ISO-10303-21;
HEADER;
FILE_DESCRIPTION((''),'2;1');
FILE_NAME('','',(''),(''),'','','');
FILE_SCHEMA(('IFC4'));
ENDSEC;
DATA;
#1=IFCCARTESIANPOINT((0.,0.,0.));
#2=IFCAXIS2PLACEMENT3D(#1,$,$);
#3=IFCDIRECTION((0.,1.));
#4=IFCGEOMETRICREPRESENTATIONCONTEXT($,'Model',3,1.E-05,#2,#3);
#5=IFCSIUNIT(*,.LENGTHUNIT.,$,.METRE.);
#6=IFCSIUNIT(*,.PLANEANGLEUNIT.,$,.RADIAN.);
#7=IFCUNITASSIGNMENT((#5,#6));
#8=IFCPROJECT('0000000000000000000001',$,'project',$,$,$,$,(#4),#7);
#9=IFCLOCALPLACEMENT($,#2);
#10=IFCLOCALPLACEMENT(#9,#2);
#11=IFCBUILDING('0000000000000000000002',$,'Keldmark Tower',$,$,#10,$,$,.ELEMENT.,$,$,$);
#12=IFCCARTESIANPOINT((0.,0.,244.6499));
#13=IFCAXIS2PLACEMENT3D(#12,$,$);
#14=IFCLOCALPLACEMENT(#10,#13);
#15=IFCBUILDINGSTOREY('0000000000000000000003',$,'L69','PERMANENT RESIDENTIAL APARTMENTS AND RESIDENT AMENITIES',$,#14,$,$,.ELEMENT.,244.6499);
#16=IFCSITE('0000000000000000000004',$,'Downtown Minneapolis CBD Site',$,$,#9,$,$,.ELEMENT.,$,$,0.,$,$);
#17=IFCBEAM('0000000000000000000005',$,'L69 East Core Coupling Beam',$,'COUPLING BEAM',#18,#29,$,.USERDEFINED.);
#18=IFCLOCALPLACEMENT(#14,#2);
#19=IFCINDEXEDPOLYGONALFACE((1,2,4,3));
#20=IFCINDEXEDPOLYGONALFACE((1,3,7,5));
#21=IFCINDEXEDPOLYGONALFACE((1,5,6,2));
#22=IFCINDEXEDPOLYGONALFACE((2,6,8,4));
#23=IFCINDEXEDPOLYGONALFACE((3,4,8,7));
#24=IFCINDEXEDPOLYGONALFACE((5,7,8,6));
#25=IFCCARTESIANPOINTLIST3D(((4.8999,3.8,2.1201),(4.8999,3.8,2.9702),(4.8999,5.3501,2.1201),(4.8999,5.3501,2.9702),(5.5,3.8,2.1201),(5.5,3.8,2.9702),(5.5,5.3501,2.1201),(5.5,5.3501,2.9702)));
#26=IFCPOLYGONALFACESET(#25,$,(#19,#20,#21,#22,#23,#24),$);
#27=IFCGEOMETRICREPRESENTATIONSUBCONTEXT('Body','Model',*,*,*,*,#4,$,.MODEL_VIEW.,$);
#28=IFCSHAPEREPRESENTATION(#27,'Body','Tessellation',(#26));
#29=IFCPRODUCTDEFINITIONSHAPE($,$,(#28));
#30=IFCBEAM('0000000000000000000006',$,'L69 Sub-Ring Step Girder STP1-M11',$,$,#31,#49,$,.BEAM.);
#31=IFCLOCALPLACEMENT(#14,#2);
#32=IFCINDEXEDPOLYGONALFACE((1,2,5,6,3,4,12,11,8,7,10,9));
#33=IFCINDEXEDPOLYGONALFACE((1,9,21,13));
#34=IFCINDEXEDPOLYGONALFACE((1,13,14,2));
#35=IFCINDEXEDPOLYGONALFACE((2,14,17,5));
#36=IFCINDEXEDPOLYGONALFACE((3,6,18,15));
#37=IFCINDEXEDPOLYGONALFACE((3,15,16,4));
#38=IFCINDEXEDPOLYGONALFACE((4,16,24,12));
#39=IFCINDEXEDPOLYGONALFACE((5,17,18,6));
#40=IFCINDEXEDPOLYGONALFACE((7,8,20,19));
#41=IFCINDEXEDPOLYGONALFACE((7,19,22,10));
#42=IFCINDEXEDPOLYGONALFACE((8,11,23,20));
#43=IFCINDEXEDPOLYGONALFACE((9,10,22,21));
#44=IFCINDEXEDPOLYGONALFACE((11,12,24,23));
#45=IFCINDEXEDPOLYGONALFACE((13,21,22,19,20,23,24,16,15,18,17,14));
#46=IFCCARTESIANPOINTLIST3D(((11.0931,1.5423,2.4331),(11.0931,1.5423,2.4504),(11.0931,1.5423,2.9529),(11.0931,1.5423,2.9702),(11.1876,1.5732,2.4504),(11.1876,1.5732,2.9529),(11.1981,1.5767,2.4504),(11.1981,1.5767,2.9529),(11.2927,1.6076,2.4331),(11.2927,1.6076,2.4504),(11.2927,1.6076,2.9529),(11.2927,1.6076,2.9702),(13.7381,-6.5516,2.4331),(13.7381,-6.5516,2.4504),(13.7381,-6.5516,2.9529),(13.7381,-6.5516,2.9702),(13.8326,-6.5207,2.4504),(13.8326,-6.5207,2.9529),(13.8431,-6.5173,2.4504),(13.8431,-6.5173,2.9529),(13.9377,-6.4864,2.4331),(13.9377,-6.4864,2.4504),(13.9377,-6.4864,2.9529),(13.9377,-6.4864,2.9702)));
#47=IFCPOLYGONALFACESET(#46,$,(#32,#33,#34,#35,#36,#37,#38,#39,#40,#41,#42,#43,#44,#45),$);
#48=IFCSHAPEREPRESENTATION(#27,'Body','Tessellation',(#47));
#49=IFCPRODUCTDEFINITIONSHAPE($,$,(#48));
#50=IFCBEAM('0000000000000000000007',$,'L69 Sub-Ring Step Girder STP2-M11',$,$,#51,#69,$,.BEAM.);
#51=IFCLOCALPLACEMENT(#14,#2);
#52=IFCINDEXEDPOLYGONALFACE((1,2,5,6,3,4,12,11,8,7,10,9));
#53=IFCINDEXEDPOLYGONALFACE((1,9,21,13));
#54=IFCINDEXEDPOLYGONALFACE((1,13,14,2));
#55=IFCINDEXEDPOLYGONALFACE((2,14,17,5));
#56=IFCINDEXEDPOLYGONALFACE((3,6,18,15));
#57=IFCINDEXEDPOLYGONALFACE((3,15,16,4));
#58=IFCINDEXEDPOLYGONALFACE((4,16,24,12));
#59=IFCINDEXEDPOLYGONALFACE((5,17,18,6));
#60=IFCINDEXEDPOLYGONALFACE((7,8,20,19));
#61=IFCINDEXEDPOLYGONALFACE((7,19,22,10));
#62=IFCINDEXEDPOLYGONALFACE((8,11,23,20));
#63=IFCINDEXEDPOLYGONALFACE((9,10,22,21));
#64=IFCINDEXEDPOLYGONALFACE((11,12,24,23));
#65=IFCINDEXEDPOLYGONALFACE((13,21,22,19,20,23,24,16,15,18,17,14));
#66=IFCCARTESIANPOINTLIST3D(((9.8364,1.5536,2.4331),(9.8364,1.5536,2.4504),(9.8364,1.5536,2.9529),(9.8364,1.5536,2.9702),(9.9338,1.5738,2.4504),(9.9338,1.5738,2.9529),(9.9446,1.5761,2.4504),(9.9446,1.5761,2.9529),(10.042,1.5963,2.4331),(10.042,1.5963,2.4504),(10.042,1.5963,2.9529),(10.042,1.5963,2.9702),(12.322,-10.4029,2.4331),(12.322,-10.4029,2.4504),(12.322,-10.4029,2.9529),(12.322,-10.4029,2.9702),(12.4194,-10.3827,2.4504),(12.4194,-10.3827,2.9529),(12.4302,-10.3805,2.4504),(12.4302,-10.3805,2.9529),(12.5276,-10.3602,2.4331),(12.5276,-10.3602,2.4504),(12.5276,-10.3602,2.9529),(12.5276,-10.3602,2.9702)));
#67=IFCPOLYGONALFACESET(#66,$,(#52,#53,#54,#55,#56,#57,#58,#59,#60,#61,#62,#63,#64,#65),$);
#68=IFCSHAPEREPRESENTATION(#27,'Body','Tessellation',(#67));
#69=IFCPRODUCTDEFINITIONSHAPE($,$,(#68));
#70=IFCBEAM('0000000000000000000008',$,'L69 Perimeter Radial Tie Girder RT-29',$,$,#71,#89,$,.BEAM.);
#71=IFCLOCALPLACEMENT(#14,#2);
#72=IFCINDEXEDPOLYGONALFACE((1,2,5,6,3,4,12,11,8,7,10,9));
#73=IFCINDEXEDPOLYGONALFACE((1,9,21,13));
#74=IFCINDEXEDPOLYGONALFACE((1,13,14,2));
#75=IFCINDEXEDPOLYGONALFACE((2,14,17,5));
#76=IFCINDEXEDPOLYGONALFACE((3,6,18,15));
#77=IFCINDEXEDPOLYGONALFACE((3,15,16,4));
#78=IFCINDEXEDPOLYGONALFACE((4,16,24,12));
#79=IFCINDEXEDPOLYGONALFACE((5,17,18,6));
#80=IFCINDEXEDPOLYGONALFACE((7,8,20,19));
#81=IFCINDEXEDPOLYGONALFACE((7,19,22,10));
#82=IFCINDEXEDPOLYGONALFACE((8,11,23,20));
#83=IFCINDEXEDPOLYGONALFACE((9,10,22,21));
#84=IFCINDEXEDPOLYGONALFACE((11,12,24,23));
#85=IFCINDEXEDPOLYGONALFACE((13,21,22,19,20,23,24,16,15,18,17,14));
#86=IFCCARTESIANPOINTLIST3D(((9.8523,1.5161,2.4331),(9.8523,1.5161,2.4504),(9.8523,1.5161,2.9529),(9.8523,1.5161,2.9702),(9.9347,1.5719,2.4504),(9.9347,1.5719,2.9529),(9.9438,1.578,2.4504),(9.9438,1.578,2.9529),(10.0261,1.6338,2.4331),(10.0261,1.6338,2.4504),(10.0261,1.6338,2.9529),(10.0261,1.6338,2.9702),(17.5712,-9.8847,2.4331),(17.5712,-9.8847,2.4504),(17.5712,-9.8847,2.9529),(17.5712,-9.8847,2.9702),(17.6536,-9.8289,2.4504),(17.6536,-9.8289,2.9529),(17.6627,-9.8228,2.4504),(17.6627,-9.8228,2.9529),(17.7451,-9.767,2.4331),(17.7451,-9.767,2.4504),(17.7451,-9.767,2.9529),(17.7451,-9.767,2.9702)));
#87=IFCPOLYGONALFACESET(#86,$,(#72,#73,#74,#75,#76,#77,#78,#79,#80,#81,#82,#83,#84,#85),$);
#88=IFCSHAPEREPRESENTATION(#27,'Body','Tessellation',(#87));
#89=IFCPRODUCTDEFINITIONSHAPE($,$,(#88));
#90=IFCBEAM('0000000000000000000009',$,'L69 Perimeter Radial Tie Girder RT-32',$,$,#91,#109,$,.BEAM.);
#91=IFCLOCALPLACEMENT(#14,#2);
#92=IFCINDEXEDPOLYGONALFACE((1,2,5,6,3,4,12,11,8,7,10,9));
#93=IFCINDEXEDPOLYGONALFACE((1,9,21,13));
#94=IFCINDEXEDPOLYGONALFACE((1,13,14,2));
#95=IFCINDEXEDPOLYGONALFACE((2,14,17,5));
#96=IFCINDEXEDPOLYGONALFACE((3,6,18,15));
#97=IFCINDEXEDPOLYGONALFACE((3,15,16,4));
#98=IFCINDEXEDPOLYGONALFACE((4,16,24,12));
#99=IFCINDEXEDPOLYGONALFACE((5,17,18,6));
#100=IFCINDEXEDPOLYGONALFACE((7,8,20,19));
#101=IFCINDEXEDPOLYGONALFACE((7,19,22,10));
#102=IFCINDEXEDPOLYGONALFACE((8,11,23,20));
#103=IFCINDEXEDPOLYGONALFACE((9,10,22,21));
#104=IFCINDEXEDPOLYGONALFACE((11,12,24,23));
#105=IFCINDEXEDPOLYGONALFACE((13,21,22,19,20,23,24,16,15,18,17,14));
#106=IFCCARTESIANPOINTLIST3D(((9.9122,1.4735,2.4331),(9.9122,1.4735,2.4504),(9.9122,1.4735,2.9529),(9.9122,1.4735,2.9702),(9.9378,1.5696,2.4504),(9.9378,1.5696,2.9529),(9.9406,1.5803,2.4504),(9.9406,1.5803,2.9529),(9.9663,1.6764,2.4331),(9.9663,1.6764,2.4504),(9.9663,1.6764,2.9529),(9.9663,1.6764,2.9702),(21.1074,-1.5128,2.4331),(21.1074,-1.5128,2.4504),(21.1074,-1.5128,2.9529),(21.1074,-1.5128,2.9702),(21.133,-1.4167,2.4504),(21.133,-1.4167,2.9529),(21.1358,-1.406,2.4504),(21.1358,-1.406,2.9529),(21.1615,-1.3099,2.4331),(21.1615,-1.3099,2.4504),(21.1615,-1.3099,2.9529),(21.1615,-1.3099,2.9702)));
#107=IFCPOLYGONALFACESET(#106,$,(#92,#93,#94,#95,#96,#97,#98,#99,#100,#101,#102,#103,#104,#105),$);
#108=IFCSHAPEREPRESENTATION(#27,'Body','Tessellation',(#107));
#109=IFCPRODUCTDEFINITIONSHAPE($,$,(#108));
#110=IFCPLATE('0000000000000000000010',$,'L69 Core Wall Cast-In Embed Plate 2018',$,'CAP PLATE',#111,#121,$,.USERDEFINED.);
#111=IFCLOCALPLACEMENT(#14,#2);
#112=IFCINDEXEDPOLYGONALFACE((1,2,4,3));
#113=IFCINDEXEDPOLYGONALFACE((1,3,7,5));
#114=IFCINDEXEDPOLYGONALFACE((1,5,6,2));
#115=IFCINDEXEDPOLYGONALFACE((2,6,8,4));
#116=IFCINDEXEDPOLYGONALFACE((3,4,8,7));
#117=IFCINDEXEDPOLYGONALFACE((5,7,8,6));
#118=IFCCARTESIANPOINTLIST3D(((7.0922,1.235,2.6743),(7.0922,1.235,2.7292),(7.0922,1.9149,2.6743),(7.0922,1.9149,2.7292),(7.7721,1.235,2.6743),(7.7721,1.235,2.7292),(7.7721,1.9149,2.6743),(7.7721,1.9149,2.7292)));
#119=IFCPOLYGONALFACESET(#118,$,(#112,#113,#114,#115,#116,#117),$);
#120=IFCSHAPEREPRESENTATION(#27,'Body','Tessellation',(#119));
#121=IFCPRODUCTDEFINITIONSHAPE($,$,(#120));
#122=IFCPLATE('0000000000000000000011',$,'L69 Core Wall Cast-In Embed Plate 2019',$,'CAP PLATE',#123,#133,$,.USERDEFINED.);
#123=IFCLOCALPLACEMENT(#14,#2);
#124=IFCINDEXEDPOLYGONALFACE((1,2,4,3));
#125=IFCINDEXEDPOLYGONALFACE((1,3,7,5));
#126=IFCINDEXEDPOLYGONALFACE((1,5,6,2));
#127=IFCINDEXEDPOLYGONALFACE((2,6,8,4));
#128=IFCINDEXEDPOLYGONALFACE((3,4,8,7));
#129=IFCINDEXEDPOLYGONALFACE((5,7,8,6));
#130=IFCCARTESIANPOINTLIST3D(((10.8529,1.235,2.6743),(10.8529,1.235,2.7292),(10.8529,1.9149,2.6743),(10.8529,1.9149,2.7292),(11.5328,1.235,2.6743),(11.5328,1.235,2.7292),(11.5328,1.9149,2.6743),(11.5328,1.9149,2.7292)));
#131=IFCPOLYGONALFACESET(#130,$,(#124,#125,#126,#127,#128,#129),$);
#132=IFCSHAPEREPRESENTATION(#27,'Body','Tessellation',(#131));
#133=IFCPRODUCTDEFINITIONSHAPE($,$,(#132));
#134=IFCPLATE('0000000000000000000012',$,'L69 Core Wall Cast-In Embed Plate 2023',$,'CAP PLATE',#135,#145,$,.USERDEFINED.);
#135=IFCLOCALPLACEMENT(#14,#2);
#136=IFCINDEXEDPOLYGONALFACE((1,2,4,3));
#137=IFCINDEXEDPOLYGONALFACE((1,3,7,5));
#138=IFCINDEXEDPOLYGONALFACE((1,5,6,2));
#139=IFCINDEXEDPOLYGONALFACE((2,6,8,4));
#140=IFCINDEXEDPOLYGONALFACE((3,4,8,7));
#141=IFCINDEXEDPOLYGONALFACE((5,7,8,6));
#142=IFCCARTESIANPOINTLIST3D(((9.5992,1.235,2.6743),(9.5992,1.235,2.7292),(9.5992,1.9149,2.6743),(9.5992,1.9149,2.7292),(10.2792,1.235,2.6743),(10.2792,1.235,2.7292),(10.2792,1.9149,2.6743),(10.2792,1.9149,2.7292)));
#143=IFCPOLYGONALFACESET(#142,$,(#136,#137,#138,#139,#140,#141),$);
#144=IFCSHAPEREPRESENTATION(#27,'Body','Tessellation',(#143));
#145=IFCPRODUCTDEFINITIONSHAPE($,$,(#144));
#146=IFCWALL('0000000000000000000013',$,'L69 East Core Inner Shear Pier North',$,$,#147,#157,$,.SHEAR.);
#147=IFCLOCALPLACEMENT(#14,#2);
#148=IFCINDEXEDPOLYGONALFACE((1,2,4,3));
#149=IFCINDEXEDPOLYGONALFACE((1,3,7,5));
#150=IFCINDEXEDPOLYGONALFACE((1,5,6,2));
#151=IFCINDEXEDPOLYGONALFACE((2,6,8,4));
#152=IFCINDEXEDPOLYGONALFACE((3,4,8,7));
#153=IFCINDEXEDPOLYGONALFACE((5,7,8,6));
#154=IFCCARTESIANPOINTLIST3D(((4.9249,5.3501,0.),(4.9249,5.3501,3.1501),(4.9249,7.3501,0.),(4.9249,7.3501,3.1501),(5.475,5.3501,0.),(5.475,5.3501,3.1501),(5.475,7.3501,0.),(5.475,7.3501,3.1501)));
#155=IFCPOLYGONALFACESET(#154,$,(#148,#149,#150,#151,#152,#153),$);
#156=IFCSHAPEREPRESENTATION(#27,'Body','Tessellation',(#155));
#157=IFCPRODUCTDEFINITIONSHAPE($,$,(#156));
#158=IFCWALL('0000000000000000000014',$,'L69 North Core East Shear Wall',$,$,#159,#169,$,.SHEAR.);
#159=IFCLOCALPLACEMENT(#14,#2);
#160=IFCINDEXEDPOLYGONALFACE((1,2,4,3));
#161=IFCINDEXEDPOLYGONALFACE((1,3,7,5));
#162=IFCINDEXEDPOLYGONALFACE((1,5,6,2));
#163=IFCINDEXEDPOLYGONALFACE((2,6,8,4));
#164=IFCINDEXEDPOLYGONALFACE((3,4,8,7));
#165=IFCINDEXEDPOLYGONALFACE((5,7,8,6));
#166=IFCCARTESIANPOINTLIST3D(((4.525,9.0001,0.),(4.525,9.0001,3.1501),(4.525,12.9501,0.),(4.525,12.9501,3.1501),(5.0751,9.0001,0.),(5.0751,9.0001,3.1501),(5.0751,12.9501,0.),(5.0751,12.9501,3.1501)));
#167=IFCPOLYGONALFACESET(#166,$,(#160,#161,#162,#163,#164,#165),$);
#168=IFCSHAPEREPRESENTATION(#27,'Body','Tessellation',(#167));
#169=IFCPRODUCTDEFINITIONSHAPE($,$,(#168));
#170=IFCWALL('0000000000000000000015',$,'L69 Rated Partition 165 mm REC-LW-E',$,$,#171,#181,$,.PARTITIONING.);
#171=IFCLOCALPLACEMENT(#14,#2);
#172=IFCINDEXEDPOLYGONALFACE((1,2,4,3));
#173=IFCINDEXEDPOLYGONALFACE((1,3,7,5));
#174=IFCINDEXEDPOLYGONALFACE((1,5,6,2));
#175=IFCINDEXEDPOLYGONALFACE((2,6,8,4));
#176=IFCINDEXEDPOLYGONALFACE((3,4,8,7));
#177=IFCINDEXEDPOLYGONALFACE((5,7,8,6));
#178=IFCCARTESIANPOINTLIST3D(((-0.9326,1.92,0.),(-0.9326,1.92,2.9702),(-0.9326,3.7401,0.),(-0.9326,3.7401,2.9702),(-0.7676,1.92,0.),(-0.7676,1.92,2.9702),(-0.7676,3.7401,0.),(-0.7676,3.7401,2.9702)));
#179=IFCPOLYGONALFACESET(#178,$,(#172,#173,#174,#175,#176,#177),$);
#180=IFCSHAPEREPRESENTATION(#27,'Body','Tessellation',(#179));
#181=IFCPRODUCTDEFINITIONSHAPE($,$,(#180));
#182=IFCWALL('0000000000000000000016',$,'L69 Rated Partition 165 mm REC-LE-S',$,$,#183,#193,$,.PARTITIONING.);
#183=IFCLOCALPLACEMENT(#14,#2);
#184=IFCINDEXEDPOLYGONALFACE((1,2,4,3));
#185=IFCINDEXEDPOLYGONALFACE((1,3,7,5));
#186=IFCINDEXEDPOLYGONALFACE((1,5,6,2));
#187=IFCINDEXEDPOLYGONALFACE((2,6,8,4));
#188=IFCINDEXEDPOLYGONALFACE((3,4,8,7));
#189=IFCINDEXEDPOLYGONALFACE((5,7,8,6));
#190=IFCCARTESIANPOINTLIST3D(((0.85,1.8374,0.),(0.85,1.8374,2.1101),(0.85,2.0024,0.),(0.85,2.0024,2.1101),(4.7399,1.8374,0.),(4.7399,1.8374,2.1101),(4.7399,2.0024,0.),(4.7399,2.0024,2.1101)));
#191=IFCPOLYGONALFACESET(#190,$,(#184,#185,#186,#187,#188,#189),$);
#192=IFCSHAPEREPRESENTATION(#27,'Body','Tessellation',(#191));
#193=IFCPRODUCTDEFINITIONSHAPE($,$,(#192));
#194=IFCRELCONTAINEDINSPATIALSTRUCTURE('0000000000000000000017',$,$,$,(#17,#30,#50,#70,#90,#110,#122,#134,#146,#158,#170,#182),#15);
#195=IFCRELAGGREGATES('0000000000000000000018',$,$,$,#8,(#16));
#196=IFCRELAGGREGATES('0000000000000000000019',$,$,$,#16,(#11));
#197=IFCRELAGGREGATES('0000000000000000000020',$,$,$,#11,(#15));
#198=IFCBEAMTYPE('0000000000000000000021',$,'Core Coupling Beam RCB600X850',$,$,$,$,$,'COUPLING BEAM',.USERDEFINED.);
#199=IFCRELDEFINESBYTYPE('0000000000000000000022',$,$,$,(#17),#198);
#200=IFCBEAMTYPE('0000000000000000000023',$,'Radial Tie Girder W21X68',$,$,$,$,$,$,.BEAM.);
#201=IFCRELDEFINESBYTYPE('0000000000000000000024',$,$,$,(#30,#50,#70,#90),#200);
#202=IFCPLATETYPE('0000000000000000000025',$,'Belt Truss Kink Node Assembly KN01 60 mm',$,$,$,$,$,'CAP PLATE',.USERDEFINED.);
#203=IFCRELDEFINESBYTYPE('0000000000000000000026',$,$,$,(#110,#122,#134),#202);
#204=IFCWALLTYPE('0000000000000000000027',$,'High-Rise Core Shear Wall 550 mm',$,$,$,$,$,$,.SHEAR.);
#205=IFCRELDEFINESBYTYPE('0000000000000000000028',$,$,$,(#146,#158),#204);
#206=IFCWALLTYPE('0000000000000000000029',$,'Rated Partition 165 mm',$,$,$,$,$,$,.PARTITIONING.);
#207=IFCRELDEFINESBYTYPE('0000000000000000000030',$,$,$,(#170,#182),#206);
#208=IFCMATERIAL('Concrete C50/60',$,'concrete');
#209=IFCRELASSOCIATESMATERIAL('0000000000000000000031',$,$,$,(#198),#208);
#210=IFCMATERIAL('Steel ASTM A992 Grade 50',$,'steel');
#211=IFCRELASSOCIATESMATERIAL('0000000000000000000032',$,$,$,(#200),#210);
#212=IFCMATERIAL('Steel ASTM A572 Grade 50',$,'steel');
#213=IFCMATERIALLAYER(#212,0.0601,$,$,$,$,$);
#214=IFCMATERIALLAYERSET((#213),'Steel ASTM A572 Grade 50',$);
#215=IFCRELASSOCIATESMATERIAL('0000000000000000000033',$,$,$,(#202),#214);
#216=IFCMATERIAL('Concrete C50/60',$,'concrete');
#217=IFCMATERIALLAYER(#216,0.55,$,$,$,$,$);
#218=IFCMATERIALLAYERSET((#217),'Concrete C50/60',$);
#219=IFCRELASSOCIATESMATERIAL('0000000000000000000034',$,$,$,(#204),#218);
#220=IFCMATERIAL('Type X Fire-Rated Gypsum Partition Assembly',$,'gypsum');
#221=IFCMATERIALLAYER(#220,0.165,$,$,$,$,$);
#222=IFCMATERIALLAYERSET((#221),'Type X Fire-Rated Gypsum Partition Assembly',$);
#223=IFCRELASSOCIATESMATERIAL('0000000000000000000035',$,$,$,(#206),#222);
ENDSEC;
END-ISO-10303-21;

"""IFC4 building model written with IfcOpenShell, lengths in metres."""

from ifc_helpers import new_model, si_unit, direction, frame, frame_2d, origin, origin_2d, place, context, subcontext, project, spatial, rectangle, i_section, extrude, material, layer, layer_set, material_profile, profile_set, type_object, element, save


model = new_model("IFC4")

# Units and contexts
model_context = context("Model", 3, precision=1e-05, world=origin(), true_north=direction((0.0, 1.0)))
body_context = subcontext(model_context, "Body", "Model", "MODEL_VIEW")
ifc_project = project(units=[si_unit("LENGTHUNIT", "METRE"), si_unit("PLANEANGLEUNIT", "RADIAN")], contexts=[model_context])

# Site, building, storey
site_placement = place(None, origin())
site = spatial("IfcSite", under=ifc_project, at=site_placement, Name="Downtown Minneapolis CBD Site", CompositionType="ELEMENT", RefElevation=0.0)
building_placement = place(site_placement, origin())
building = spatial("IfcBuilding", under=site, at=building_placement, Name="Keldmark Tower", CompositionType="ELEMENT")
storey_placement = place(building_placement, frame((0.0, 0.0, 244.6499)))
storey = spatial("IfcBuildingStorey", under=building, at=storey_placement, Name="L69", Description="PERMANENT RESIDENTIAL APARTMENTS AND RESIDENT AMENITIES", CompositionType="ELEMENT", Elevation=244.6499)

# Beams
ifc_material_1 = material(Name="Concrete C50/60", Category="concrete")
ifc_material_profile_1 = material_profile(ifc_material_1, rectangle(XDim=0.6001, YDim=0.8501, at=origin_2d()), Name="RCB600X850")
ifc_profile_set_1 = profile_set([ifc_material_profile_1], Name="Concrete C50/60")
beam_type_1 = type_object("IfcBeamType", Name="Core Coupling Beam RCB600X850", ElementType="COUPLING BEAM", PredefinedType="USERDEFINED", material=ifc_profile_set_1)
beam_1_placement = place(storey_placement, frame((5.2, 3.8, 2.5452), z_axis=(0.0, 1.0, 0.0), x_axis=(-1.0, 0.0, 0.0)))
element("IfcBeam", 1, at=beam_1_placement, inside=storey, type_object=beam_type_1, Name="L69 East Core Coupling Beam", ObjectType="COUPLING BEAM", PredefinedType="USERDEFINED", context=body_context, shape_type="SweptSolid", body=[
    extrude(rectangle(XDim=0.6001, YDim=0.8501, at=origin_2d()), origin(), (0.0, 0.0, 1.0), 1.55),
])
ifc_material_2 = material(Name="Steel ASTM A992 Grade 50", Category="steel")
ifc_material_profile_2 = material_profile(ifc_material_2, i_section(OverallWidth=0.21, OverallDepth=0.5371, WebThickness=0.011, FlangeThickness=0.0173, at=origin_2d()), Name="W21X68")
ifc_profile_set_2 = profile_set([ifc_material_profile_2], Name="Steel ASTM A992 Grade 50")
beam_type_2 = type_object("IfcBeamType", Name="Radial Tie Girder W21X68", PredefinedType="BEAM", material=ifc_profile_set_2)
beam_2_placement = place(storey_placement, frame((11.1929, 1.575, 2.7017), z_axis=(0.310623, -0.950533, 0.0), x_axis=(0.950533, 0.310623, 0.0)))
element("IfcBeam", 2, at=beam_2_placement, inside=storey, type_object=beam_type_2, Name="L69 Sub-Ring Step Girder STP1-M11", PredefinedType="BEAM", context=body_context, shape_type="SweptSolid", body=[
    extrude(i_section(OverallWidth=0.21, OverallDepth=0.5371, WebThickness=0.011, FlangeThickness=0.0173, at=origin_2d()), origin(), (0.0, 0.0, 1.0), 8.5151),
])
beam_3_placement = place(storey_placement, frame((9.9392, 1.575, 2.7017), z_axis=(0.203534, -0.979068, 0.0), x_axis=(0.979068, 0.203534, 0.0)))
element("IfcBeam", 3, at=beam_3_placement, inside=storey, type_object=beam_type_2, Name="L69 Sub-Ring Step Girder STP2-M11", PredefinedType="BEAM", context=body_context, shape_type="SweptSolid", body=[
    extrude(i_section(OverallWidth=0.21, OverallDepth=0.5371, WebThickness=0.011, FlangeThickness=0.0173, at=origin_2d()), origin(), (0.0, 0.0, 1.0), 12.2122),
])
beam_4_placement = place(storey_placement, frame((9.9392, 1.575, 2.7017), z_axis=(0.56064, -0.82806, 0.0), x_axis=(0.82806, 0.56064, 0.0)))
element("IfcBeam", 4, at=beam_4_placement, inside=storey, type_object=beam_type_2, Name="L69 Perimeter Radial Tie Girder RT-29", PredefinedType="BEAM", context=body_context, shape_type="SweptSolid", body=[
    extrude(i_section(OverallWidth=0.21, OverallDepth=0.5371, WebThickness=0.011, FlangeThickness=0.0173, at=origin_2d()), origin(), (0.0, 0.0, 1.0), 13.7681),
])
beam_5_placement = place(storey_placement, frame((9.9392, 1.575, 2.7017), z_axis=(0.966215, -0.257736, 0.0), x_axis=(0.257736, 0.966215, 0.0)))
element("IfcBeam", 5, at=beam_5_placement, inside=storey, type_object=beam_type_2, Name="L69 Perimeter Radial Tie Girder RT-32", PredefinedType="BEAM", context=body_context, shape_type="SweptSolid", body=[
    extrude(i_section(OverallWidth=0.21, OverallDepth=0.5371, WebThickness=0.011, FlangeThickness=0.0173, at=origin_2d()), origin(), (0.0, 0.0, 1.0), 11.5867),
])

# Plates
ifc_material_3 = material(Name="Steel ASTM A572 Grade 50", Category="steel")
ifc_layer_1 = layer(ifc_material_3, 0.0601)
ifc_layer_set_1 = layer_set([ifc_layer_1], Name="Steel ASTM A572 Grade 50")
plate_type = type_object("IfcPlateType", Name="Belt Truss Kink Node Assembly KN01 60 mm", ElementType="CAP PLATE", PredefinedType="USERDEFINED", material=ifc_layer_set_1)
for number, where, z_axis, x_axis, name in (
    (6, (7.4321, 1.575, 2.6743), (0.0, 0.0, 1.0), (1.0, 0.0, 0.0), "L69 Core Wall Cast-In Embed Plate 2018"),
    (7, (11.1929, 1.575, 2.6743), (0.0, 0.0, 1.0), (1.0, 0.0, 0.0), "L69 Core Wall Cast-In Embed Plate 2019"),
    (8, (9.9392, 1.575, 2.6743), (0.0, 0.0, 1.0), (1.0, 0.0, 0.0), "L69 Core Wall Cast-In Embed Plate 2023"),
):
    element("IfcPlate", number, at=place(storey_placement, frame(where, z_axis=z_axis, x_axis=x_axis)), inside=storey, type_object=plate_type, Name=name, ObjectType="CAP PLATE", PredefinedType="USERDEFINED", context=body_context, shape_type="SweptSolid", body=[
        extrude(rectangle(XDim=0.6799, YDim=0.6799, at=origin_2d()), origin(), (0.0, 0.0, 1.0), 0.0549),
    ])

# Walls
ifc_material_4 = material(Name="Concrete C50/60", Category="concrete")
ifc_layer_2 = layer(ifc_material_4, 0.55)
ifc_layer_set_2 = layer_set([ifc_layer_2], Name="Concrete C50/60")
wall_type_1 = type_object("IfcWallType", Name="High-Rise Core Shear Wall 550 mm", PredefinedType="SHEAR", material=ifc_layer_set_2)
wall_1_placement = place(storey_placement, frame((5.2, 5.3501, 0.0), z_axis=(0.0, 0.0, 1.0), x_axis=(0.0, 1.0, 0.0)))
element("IfcWall", 9, at=wall_1_placement, inside=storey, type_object=wall_type_1, Name="L69 East Core Inner Shear Pier North", PredefinedType="SHEAR", context=body_context, shape_type="SweptSolid", body=[
    extrude(rectangle(XDim=2.0, YDim=0.55, at=frame_2d((1.0, 0.0))), origin(), (0.0, 0.0, 1.0), 3.1501),
])
wall_2_placement = place(storey_placement, frame((4.8, 9.0, 0.0), z_axis=(0.0, 0.0, 1.0), x_axis=(0.0, 1.0, 0.0)))
element("IfcWall", 10, at=wall_2_placement, inside=storey, type_object=wall_type_1, Name="L69 North Core East Shear Wall", PredefinedType="SHEAR", context=body_context, shape_type="SweptSolid", body=[
    extrude(rectangle(XDim=3.95, YDim=0.55, at=frame_2d((1.9751, 0.0))), origin(), (0.0, 0.0, 1.0), 3.1501),
])
ifc_material_5 = material(Name="Type X Fire-Rated Gypsum Partition Assembly", Category="gypsum")
ifc_layer_3 = layer(ifc_material_5, 0.165)
ifc_layer_set_3 = layer_set([ifc_layer_3], Name="Type X Fire-Rated Gypsum Partition Assembly")
wall_type_2 = type_object("IfcWallType", Name="Rated Partition 165 mm", PredefinedType="PARTITIONING", material=ifc_layer_set_3)
wall_3_placement = place(storey_placement, frame((-0.8501, 1.9199, 0.0), z_axis=(0.0, 0.0, 1.0), x_axis=(0.0, 1.0, 0.0)))
element("IfcWall", 11, at=wall_3_placement, inside=storey, type_object=wall_type_2, Name="L69 Rated Partition 165 mm REC-LW-E", PredefinedType="PARTITIONING", context=body_context, shape_type="SweptSolid", body=[
    extrude(rectangle(XDim=1.8201, YDim=0.165, at=frame_2d((0.9102, 0.0))), origin(), (0.0, 0.0, 1.0), 2.9702),
])
wall_4_placement = place(storey_placement, frame((0.8501, 1.9199, 0.0), z_axis=(0.0, 0.0, 1.0), x_axis=(1.0, 0.0, 0.0)))
element("IfcWall", 12, at=wall_4_placement, inside=storey, type_object=wall_type_2, Name="L69 Rated Partition 165 mm REC-LE-S", PredefinedType="PARTITIONING", context=body_context, shape_type="SweptSolid", body=[
    extrude(rectangle(XDim=3.8899, YDim=0.165, at=frame_2d((1.9448, 0.0))), origin(), (0.0, 0.0, 1.0), 2.1101),
])

save(model, "model.ifc")
